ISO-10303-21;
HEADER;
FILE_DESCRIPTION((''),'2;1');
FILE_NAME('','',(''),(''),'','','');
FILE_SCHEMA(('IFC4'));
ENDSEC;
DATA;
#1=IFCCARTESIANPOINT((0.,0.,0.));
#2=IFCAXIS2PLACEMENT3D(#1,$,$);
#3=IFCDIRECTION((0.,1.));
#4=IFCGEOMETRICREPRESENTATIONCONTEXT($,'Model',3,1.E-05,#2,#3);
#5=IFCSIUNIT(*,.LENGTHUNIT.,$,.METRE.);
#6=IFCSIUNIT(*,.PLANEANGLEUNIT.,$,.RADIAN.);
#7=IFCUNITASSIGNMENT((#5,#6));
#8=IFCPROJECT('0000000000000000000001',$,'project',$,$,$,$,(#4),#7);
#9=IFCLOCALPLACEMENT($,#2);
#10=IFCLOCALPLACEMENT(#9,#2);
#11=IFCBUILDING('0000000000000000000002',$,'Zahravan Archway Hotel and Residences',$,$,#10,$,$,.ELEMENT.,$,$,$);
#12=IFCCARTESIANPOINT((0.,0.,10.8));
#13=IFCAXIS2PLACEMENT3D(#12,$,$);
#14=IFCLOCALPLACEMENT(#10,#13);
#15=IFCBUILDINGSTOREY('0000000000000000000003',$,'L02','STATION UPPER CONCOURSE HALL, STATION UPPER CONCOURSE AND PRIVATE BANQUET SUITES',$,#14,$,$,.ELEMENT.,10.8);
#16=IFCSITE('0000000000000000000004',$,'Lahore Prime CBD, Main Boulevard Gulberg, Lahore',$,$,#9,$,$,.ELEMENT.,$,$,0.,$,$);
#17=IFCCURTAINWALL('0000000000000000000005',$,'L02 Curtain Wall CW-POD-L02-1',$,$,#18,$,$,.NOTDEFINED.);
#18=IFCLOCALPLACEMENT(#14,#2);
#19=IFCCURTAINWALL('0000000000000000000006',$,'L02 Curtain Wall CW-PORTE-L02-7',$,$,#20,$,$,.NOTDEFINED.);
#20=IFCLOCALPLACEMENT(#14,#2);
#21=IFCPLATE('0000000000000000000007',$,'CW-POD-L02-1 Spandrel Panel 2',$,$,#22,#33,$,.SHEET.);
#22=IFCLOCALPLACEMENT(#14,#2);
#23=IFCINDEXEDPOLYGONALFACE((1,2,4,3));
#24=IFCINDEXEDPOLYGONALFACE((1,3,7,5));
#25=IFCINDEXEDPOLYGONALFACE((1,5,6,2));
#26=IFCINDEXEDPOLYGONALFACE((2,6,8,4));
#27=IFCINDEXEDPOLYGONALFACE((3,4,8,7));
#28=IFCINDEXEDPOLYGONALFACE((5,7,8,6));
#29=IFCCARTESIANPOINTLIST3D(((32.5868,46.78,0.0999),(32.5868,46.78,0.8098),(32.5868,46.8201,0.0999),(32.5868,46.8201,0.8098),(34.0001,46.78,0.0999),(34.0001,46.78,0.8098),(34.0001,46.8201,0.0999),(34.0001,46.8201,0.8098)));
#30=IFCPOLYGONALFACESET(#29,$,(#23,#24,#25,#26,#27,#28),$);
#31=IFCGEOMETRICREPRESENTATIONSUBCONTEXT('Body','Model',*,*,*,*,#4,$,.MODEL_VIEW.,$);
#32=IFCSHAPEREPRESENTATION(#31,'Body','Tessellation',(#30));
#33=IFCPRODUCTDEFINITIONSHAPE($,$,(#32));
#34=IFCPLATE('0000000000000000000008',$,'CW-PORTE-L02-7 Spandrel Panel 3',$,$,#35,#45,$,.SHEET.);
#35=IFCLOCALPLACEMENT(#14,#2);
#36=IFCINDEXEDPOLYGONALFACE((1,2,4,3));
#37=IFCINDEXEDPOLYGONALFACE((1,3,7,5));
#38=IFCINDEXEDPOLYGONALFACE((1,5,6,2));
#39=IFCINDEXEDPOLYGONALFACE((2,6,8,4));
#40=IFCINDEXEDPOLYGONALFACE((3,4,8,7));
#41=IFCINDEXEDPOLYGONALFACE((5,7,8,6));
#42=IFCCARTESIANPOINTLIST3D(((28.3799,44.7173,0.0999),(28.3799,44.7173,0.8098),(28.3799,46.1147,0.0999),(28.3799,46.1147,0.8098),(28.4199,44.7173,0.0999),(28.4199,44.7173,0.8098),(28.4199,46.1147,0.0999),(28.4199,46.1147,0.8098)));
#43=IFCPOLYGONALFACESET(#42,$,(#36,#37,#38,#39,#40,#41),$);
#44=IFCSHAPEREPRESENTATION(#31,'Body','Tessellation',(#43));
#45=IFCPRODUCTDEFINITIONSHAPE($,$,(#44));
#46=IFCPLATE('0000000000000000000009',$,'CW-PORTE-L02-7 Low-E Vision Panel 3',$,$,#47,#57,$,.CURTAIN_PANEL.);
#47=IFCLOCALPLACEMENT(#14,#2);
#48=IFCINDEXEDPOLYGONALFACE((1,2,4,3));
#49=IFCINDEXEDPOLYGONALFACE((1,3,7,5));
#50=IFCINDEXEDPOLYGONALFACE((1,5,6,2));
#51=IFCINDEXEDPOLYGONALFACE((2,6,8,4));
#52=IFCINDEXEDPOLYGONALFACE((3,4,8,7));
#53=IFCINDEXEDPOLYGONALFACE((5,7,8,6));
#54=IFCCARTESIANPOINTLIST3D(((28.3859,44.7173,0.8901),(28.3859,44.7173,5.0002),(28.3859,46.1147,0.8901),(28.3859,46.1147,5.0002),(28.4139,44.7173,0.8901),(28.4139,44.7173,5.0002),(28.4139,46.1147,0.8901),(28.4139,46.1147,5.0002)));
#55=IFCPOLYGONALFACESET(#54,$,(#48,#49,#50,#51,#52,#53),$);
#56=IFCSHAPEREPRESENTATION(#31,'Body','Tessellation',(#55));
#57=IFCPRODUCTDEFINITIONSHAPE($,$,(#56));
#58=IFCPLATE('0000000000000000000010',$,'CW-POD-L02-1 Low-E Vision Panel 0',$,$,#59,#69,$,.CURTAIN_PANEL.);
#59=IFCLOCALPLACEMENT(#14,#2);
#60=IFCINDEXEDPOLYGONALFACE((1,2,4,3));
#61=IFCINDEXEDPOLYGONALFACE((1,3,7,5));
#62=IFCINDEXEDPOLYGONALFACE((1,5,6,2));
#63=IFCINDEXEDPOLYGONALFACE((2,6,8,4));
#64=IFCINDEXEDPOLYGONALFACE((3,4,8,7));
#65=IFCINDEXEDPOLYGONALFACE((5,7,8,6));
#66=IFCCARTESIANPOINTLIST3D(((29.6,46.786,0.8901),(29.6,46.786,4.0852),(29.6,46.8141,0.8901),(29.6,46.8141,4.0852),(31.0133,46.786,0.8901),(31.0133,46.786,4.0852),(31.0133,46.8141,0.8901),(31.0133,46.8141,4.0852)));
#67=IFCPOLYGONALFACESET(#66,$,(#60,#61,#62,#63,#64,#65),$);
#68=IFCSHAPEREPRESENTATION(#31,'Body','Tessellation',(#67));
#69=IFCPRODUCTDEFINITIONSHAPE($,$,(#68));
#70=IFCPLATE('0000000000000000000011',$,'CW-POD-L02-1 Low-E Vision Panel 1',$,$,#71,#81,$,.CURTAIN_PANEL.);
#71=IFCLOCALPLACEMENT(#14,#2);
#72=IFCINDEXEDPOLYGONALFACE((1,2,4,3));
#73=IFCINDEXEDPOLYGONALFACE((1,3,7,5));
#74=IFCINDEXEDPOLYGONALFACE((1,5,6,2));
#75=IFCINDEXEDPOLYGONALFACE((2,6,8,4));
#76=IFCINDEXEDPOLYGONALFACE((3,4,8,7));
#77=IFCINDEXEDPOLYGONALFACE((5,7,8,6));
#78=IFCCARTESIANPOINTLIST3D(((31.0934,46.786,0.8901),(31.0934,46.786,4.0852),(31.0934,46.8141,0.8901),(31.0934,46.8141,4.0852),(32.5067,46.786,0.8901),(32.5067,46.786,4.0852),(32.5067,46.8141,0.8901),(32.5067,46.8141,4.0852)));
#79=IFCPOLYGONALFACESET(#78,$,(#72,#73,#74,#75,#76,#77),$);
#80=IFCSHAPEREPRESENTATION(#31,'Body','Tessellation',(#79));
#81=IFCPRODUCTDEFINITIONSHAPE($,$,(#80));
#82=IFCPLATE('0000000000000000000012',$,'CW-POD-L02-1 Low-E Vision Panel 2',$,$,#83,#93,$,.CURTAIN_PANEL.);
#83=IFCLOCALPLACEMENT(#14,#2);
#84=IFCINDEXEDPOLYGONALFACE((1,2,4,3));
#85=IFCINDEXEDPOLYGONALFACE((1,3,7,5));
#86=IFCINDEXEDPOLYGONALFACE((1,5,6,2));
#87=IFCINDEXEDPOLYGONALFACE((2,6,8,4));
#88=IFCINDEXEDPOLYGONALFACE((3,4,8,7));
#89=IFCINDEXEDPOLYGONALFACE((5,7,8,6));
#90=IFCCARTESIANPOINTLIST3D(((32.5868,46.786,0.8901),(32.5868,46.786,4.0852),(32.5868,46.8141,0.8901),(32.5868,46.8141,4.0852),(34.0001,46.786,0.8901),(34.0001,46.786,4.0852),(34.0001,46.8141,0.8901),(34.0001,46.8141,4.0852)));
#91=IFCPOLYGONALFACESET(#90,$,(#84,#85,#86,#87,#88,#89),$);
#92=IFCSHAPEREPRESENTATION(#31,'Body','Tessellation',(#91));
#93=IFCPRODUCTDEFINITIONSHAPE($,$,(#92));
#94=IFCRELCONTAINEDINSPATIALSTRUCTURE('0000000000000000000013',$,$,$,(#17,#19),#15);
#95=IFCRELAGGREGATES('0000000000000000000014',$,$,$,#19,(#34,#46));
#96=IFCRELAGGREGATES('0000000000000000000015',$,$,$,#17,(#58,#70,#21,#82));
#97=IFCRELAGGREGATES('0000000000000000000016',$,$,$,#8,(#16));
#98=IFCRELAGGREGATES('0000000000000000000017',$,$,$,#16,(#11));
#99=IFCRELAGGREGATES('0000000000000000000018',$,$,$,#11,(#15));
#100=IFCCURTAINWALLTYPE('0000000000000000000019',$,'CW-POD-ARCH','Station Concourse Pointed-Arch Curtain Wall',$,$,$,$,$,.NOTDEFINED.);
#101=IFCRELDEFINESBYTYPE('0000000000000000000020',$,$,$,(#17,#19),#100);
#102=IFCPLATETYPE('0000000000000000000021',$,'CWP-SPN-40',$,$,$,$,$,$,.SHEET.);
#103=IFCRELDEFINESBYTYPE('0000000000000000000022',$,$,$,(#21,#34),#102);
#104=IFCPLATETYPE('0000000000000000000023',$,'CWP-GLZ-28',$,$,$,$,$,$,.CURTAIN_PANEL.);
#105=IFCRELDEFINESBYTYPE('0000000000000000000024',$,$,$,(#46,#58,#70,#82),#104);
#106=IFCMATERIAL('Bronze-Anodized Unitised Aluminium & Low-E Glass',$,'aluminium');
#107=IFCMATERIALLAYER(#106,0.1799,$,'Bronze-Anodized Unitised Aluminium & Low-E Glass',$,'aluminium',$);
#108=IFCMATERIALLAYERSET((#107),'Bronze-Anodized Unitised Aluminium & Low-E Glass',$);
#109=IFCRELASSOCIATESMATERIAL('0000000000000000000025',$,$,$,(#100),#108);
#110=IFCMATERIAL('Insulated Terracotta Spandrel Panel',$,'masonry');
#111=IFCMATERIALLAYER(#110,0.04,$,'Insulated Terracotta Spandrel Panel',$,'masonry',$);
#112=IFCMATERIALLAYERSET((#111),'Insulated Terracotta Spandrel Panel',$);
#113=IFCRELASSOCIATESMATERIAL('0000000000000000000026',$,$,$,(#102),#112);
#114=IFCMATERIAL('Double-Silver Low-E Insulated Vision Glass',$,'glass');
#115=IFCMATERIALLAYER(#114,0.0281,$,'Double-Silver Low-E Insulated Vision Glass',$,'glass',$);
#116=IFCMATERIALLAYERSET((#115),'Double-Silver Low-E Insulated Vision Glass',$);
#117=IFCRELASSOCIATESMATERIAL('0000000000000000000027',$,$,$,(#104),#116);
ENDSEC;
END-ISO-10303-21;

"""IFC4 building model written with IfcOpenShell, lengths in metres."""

from ifc_helpers import new_model, si_unit, direction, frame, origin, origin_2d, place, context, subcontext, project, spatial, rectangle, extrude, source, transform, mapped, material, layer, layer_set, type_object, type_shapes, element, aggregate, save


model = new_model("IFC4")

# Units and contexts
model_context = context("Model", 3, precision=1e-05, world=origin(), true_north=direction((0.0, 1.0)))
body_context = subcontext(model_context, "Body", "Model", "MODEL_VIEW")
ifc_project = project(units=[si_unit("LENGTHUNIT", "METRE"), si_unit("PLANEANGLEUNIT", "RADIAN")], contexts=[model_context])

# Site, building, storey
site_placement = place(None, origin())
site = spatial("IfcSite", under=ifc_project, at=site_placement, Name="Lahore Prime CBD, Main Boulevard Gulberg, Lahore", CompositionType="ELEMENT", RefElevation=0.0)
building_placement = place(site_placement, origin())
building = spatial("IfcBuilding", under=site, at=building_placement, Name="Zahravan Archway Hotel and Residences", CompositionType="ELEMENT")
storey_placement = place(building_placement, frame((0.0, 0.0, 10.8)))
storey = spatial("IfcBuildingStorey", under=building, at=storey_placement, Name="L02", Description="STATION UPPER CONCOURSE HALL, STATION UPPER CONCOURSE AND PRIVATE BANQUET SUITES", CompositionType="ELEMENT", Elevation=10.8)

# Curtain wall
ifc_material_1 = material(Name="Bronze-Anodized Unitised Aluminium & Low-E Glass", Category="aluminium")
ifc_layer_1 = layer(ifc_material_1, 0.1799, Name="Bronze-Anodized Unitised Aluminium & Low-E Glass", Category="aluminium")
ifc_layer_set_1 = layer_set([ifc_layer_1], Name="Bronze-Anodized Unitised Aluminium & Low-E Glass")
curtain_wall_type = type_object("IfcCurtainWallType", Name="CW-POD-ARCH", Description="Station Concourse Pointed-Arch Curtain Wall", PredefinedType="NOTDEFINED", material=ifc_layer_set_1)
curtain_wall_1_placement = place(storey_placement, origin())
curtain_wall_1 = element("IfcCurtainWall", 1, at=curtain_wall_1_placement, inside=storey, type_object=curtain_wall_type, Name="L02 Curtain Wall CW-POD-L02-1", PredefinedType="NOTDEFINED")

# Curtain wall
curtain_wall_2_placement = place(storey_placement, origin())
curtain_wall_2 = element("IfcCurtainWall", 2, at=curtain_wall_2_placement, inside=storey, type_object=curtain_wall_type, Name="L02 Curtain Wall CW-PORTE-L02-7", PredefinedType="NOTDEFINED")

# Plates
ifc_material_2 = material(Name="Insulated Terracotta Spandrel Panel", Category="masonry")
ifc_layer_2 = layer(ifc_material_2, 0.04, Name="Insulated Terracotta Spandrel Panel", Category="masonry")
ifc_layer_set_2 = layer_set([ifc_layer_2], Name="Insulated Terracotta Spandrel Panel")
plate_type_1 = type_object("IfcPlateType", Name="CWP-SPN-40", PredefinedType="SHEET", material=ifc_layer_set_2)
shared_shape_1 = source(origin(), body_context, "Body", "SweptSolid", [
    extrude(rectangle(XDim=1.4133, YDim=0.04, at=origin_2d()), origin(), (0.0, 0.0, 1.0), 0.71),
])
type_shapes(plate_type_1, [shared_shape_1])
plate_1_placement = place(storey_placement, frame((33.2935, 46.8, 0.0999), z_axis=(0.0, 0.0, 1.0), x_axis=(1.0, 0.0, 0.0)))
plate_1 = element("IfcPlate", 3, at=plate_1_placement, type_object=plate_type_1, Name="CW-POD-L02-1 Spandrel Panel 2", PredefinedType="SHEET", context=body_context, shape_type="MappedRepresentation", body=[
    mapped(shared_shape_1, transform((0.0, 0.0, 0.0), scale=1.0)),
])
shared_shape_2 = source(origin(), body_context, "Body", "SweptSolid", [
    extrude(rectangle(XDim=1.3975, YDim=0.04, at=origin_2d()), origin(), (0.0, 0.0, 1.0), 0.71),
])
plate_2_placement = place(storey_placement, frame((28.3999, 45.416, 0.0999), z_axis=(0.0, 0.0, 1.0), x_axis=(0.0, 1.0, 0.0)))
plate_2 = element("IfcPlate", 4, at=plate_2_placement, type_object=plate_type_1, Name="CW-PORTE-L02-7 Spandrel Panel 3", PredefinedType="SHEET", context=body_context, shape_type="MappedRepresentation", body=[
    mapped(shared_shape_2, transform((0.0, 0.0, 0.0), scale=1.0)),
])
ifc_material_3 = material(Name="Double-Silver Low-E Insulated Vision Glass", Category="glass")
ifc_layer_3 = layer(ifc_material_3, 0.0281, Name="Double-Silver Low-E Insulated Vision Glass", Category="glass")
ifc_layer_set_3 = layer_set([ifc_layer_3], Name="Double-Silver Low-E Insulated Vision Glass")
plate_type_2 = type_object("IfcPlateType", Name="CWP-GLZ-28", PredefinedType="CURTAIN_PANEL", material=ifc_layer_set_3)
shared_shape_3 = source(origin(), body_context, "Body", "SweptSolid", [
    extrude(rectangle(XDim=1.3975, YDim=0.0281, at=origin_2d()), origin(), (0.0, 0.0, 1.0), 4.1101),
])
plate_3_placement = place(storey_placement, frame((28.3999, 45.416, 0.8901), z_axis=(0.0, 0.0, 1.0), x_axis=(0.0, 1.0, 0.0)))
plate_3 = element("IfcPlate", 5, at=plate_3_placement, type_object=plate_type_2, Name="CW-PORTE-L02-7 Low-E Vision Panel 3", PredefinedType="CURTAIN_PANEL", context=body_context, shape_type="MappedRepresentation", body=[
    mapped(shared_shape_3, transform((0.0, 0.0, 0.0), scale=1.0)),
])
aggregate(curtain_wall_2, [plate_2, plate_3])
shared_shape_4 = source(origin(), body_context, "Body", "SweptSolid", [
    extrude(rectangle(XDim=1.4133, YDim=0.0281, at=origin_2d()), origin(), (0.0, 0.0, 1.0), 3.1951),
])
plate_4_placement = place(storey_placement, frame((30.3066, 46.8, 0.8901), z_axis=(0.0, 0.0, 1.0), x_axis=(1.0, 0.0, 0.0)))
plate_4 = element("IfcPlate", 6, at=plate_4_placement, type_object=plate_type_2, Name="CW-POD-L02-1 Low-E Vision Panel 0", PredefinedType="CURTAIN_PANEL", context=body_context, shape_type="MappedRepresentation", body=[
    mapped(shared_shape_4, transform((0.0, 0.0, 0.0), scale=1.0)),
])
plate_5_placement = place(storey_placement, frame((31.8, 46.8, 0.8901), z_axis=(0.0, 0.0, 1.0), x_axis=(1.0, 0.0, 0.0)))
plate_5 = element("IfcPlate", 7, at=plate_5_placement, type_object=plate_type_2, Name="CW-POD-L02-1 Low-E Vision Panel 1", PredefinedType="CURTAIN_PANEL", context=body_context, shape_type="MappedRepresentation", body=[
    mapped(shared_shape_4, transform((0.0, 0.0, 0.0), scale=1.0)),
])
plate_6_placement = place(storey_placement, frame((33.2935, 46.8, 0.8901), z_axis=(0.0, 0.0, 1.0), x_axis=(1.0, 0.0, 0.0)))
plate_6 = element("IfcPlate", 8, at=plate_6_placement, type_object=plate_type_2, Name="CW-POD-L02-1 Low-E Vision Panel 2", PredefinedType="CURTAIN_PANEL", context=body_context, shape_type="MappedRepresentation", body=[
    mapped(shared_shape_4, transform((0.0, 0.0, 0.0), scale=1.0)),
])
aggregate(curtain_wall_1, [plate_4, plate_5, plate_1, plate_6])

save(model, "model.ifc")
